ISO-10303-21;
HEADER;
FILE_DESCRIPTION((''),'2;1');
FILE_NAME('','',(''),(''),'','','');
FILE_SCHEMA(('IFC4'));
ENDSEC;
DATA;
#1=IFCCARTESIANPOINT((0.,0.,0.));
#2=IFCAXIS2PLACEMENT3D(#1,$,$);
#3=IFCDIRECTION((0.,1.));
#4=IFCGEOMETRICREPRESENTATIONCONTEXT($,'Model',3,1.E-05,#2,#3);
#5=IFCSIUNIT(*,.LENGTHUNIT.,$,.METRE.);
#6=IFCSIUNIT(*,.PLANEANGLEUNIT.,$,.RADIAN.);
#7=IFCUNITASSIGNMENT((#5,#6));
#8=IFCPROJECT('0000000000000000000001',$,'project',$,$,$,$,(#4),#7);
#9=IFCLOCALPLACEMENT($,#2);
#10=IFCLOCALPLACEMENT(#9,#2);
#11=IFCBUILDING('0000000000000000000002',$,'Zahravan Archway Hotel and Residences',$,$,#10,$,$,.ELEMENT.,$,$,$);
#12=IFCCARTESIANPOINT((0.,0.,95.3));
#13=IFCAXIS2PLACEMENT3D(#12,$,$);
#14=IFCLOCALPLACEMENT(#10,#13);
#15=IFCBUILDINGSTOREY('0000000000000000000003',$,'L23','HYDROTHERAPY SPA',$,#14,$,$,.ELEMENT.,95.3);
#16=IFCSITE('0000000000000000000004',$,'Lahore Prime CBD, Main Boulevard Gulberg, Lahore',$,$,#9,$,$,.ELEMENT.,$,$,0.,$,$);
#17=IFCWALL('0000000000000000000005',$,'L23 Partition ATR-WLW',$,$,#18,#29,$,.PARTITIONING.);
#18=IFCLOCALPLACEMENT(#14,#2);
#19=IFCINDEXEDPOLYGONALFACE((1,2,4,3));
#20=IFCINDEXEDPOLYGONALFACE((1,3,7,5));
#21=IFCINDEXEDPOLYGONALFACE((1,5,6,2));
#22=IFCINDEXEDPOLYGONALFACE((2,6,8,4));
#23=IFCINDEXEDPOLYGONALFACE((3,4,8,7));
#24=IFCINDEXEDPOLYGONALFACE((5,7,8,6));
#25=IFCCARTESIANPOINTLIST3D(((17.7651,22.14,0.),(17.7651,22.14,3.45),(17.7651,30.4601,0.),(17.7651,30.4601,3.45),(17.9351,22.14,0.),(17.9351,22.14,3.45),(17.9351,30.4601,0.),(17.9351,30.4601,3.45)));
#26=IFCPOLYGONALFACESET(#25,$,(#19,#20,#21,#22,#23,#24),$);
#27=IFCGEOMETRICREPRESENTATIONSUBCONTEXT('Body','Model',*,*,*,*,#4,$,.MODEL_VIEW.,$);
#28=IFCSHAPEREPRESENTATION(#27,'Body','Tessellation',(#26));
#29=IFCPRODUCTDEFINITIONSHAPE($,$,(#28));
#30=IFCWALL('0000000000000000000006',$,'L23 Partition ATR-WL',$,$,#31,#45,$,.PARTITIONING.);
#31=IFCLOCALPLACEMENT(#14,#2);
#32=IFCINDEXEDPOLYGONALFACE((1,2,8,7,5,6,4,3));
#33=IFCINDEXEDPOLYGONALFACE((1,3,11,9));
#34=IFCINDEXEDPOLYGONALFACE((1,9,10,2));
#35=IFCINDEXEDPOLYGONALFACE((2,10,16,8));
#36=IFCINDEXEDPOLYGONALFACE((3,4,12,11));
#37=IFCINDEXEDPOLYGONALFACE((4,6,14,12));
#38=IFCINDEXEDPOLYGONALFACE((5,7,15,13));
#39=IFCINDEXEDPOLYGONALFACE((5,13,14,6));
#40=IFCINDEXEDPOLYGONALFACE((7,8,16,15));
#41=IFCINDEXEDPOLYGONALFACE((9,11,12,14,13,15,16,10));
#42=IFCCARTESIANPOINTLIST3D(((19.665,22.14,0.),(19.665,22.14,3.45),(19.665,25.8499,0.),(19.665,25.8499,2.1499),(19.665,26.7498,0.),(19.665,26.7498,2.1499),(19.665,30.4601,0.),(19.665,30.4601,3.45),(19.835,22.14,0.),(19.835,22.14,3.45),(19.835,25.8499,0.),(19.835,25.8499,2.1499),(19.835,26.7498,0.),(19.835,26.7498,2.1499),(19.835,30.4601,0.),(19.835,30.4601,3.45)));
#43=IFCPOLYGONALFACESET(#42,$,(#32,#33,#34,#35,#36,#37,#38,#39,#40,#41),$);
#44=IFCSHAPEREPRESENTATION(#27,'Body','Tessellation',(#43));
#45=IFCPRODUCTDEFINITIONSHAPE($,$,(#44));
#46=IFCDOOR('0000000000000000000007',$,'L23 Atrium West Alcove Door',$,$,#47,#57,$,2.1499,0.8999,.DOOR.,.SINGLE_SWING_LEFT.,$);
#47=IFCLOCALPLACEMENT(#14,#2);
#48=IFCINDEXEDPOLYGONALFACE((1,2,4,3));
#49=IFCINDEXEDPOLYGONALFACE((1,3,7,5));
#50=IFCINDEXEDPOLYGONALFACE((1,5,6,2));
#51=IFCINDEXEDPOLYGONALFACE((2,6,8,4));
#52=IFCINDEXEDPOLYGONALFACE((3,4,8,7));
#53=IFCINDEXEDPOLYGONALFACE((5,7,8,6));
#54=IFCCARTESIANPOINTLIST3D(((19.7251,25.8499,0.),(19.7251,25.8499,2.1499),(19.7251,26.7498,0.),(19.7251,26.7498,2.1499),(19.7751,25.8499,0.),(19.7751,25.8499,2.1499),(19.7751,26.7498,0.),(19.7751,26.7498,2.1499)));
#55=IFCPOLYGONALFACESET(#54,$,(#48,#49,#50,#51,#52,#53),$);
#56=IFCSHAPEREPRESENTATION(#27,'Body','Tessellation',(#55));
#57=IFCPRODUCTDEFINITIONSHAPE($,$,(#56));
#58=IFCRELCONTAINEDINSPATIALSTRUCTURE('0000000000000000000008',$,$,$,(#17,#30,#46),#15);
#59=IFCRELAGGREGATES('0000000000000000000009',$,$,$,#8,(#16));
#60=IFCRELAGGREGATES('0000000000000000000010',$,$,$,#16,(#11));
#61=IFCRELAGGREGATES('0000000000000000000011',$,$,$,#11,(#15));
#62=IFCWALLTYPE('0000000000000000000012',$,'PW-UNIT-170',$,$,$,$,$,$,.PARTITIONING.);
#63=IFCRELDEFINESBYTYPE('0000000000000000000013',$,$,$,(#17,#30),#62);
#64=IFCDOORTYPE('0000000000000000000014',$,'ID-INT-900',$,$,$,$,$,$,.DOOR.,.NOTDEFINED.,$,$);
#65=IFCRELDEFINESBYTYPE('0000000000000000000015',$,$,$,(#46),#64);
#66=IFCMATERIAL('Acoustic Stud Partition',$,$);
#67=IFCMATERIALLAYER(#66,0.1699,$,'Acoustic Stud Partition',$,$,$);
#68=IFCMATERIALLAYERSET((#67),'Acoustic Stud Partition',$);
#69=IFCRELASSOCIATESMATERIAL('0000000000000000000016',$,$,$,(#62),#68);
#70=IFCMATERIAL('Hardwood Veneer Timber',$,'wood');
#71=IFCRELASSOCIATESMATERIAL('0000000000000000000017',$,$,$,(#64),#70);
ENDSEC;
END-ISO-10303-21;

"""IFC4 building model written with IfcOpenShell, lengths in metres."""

from ifc_helpers import new_model, si_unit, direction, frame, frame_2d, origin, place, context, subcontext, project, spatial, rectangle, extrude, source, transform, mapped, material, layer, layer_set, type_object, type_shapes, element, fill, save


model = new_model("IFC4")

# Units and contexts
model_context = context("Model", 3, precision=1e-05, world=origin(), true_north=direction((0.0, 1.0)))
body_context = subcontext(model_context, "Body", "Model", "MODEL_VIEW")
ifc_project = project(units=[si_unit("LENGTHUNIT", "METRE"), si_unit("PLANEANGLEUNIT", "RADIAN")], contexts=[model_context])

# Site, building, storey
site_placement = place(None, origin())
site = spatial("IfcSite", under=ifc_project, at=site_placement, Name="Lahore Prime CBD, Main Boulevard Gulberg, Lahore", CompositionType="ELEMENT", RefElevation=0.0)
building_placement = place(site_placement, origin())
building = spatial("IfcBuilding", under=site, at=building_placement, Name="Zahravan Archway Hotel and Residences", CompositionType="ELEMENT")
storey_placement = place(building_placement, frame((0.0, 0.0, 95.3)))
storey = spatial("IfcBuildingStorey", under=building, at=storey_placement, Name="L23", Description="HYDROTHERAPY SPA", CompositionType="ELEMENT", Elevation=95.3)

# Wall
ifc_material_1 = material(Name="Acoustic Stud Partition")
ifc_layer_1 = layer(ifc_material_1, 0.1699, Name="Acoustic Stud Partition")
ifc_layer_set_1 = layer_set([ifc_layer_1], Name="Acoustic Stud Partition")
wall_type = type_object("IfcWallType", Name="PW-UNIT-170", PredefinedType="PARTITIONING", material=ifc_layer_set_1)
wall_1_placement = place(storey_placement, frame((17.8501, 22.1399, 0.0), z_axis=(0.0, 0.0, 1.0), x_axis=(0.0, 1.0, 0.0)))
element("IfcWall", 1, at=wall_1_placement, inside=storey, type_object=wall_type, Name="L23 Partition ATR-WLW", PredefinedType="PARTITIONING", context=body_context, shape_type="SweptSolid", body=[
    extrude(rectangle(XDim=8.3201, YDim=0.1699, at=frame_2d((4.1602, 0.0))), origin(), (0.0, 0.0, 1.0), 3.45),
])

# Wall, opening, door
wall_2_placement = place(storey_placement, frame((19.75, 22.1399, 0.0), z_axis=(0.0, 0.0, 1.0), x_axis=(0.0, 1.0, 0.0)))
wall_2 = element("IfcWall", 2, at=wall_2_placement, inside=storey, type_object=wall_type, Name="L23 Partition ATR-WL", PredefinedType="PARTITIONING", context=body_context, shape_type="SweptSolid", body=[
    extrude(rectangle(XDim=8.3201, YDim=0.1699, at=frame_2d((4.1602, 0.0))), origin(), (0.0, 0.0, 1.0), 3.45),
])
opening_placement = place(wall_2_placement, frame((3.71, 0.0, 0.0)))
opening = element("IfcOpeningElement", 3, at=opening_placement, cuts=wall_2, PredefinedType="OPENING", context=body_context, shape_type="SweptSolid", body=[
    extrude(rectangle(XDim=0.8999, YDim=2.1499, at=frame_2d((0.45, 1.075))), frame((0.0, 0.095, 0.0), z_axis=(0.0, -1.0, 0.0), x_axis=(1.0, 0.0, 0.0)), (0.0, 0.0, 1.0), 0.1899),
])
ifc_material_2 = material(Name="Hardwood Veneer Timber", Category="wood")
door_type = type_object("IfcDoorType", Name="ID-INT-900", OperationType="NOTDEFINED", PredefinedType="DOOR", material=ifc_material_2)
shared_shape_1 = source(origin(), body_context, "Body", "SweptSolid", [
    extrude(rectangle(XDim=0.8999, YDim=2.1499, at=frame_2d((0.45, 1.075))), frame((0.0, 0.0249, 0.0), z_axis=(0.0, -1.0, 0.0), x_axis=(1.0, 0.0, 0.0)), (0.0, 0.0, 1.0), 0.05),
])
type_shapes(door_type, [shared_shape_1])
door_placement = place(opening_placement, origin())
door = element("IfcDoor", 4, at=door_placement, inside=storey, type_object=door_type, Name="L23 Atrium West Alcove Door", OperationType="SINGLE_SWING_LEFT", OverallHeight=2.1499, OverallWidth=0.8999, PredefinedType="DOOR", context=body_context, shape_type="MappedRepresentation", body=[
    mapped(shared_shape_1, transform((0.0, 0.0, 0.0), scale=1.0)),
])
fill(opening, door)

save(model, "model.ifc")
